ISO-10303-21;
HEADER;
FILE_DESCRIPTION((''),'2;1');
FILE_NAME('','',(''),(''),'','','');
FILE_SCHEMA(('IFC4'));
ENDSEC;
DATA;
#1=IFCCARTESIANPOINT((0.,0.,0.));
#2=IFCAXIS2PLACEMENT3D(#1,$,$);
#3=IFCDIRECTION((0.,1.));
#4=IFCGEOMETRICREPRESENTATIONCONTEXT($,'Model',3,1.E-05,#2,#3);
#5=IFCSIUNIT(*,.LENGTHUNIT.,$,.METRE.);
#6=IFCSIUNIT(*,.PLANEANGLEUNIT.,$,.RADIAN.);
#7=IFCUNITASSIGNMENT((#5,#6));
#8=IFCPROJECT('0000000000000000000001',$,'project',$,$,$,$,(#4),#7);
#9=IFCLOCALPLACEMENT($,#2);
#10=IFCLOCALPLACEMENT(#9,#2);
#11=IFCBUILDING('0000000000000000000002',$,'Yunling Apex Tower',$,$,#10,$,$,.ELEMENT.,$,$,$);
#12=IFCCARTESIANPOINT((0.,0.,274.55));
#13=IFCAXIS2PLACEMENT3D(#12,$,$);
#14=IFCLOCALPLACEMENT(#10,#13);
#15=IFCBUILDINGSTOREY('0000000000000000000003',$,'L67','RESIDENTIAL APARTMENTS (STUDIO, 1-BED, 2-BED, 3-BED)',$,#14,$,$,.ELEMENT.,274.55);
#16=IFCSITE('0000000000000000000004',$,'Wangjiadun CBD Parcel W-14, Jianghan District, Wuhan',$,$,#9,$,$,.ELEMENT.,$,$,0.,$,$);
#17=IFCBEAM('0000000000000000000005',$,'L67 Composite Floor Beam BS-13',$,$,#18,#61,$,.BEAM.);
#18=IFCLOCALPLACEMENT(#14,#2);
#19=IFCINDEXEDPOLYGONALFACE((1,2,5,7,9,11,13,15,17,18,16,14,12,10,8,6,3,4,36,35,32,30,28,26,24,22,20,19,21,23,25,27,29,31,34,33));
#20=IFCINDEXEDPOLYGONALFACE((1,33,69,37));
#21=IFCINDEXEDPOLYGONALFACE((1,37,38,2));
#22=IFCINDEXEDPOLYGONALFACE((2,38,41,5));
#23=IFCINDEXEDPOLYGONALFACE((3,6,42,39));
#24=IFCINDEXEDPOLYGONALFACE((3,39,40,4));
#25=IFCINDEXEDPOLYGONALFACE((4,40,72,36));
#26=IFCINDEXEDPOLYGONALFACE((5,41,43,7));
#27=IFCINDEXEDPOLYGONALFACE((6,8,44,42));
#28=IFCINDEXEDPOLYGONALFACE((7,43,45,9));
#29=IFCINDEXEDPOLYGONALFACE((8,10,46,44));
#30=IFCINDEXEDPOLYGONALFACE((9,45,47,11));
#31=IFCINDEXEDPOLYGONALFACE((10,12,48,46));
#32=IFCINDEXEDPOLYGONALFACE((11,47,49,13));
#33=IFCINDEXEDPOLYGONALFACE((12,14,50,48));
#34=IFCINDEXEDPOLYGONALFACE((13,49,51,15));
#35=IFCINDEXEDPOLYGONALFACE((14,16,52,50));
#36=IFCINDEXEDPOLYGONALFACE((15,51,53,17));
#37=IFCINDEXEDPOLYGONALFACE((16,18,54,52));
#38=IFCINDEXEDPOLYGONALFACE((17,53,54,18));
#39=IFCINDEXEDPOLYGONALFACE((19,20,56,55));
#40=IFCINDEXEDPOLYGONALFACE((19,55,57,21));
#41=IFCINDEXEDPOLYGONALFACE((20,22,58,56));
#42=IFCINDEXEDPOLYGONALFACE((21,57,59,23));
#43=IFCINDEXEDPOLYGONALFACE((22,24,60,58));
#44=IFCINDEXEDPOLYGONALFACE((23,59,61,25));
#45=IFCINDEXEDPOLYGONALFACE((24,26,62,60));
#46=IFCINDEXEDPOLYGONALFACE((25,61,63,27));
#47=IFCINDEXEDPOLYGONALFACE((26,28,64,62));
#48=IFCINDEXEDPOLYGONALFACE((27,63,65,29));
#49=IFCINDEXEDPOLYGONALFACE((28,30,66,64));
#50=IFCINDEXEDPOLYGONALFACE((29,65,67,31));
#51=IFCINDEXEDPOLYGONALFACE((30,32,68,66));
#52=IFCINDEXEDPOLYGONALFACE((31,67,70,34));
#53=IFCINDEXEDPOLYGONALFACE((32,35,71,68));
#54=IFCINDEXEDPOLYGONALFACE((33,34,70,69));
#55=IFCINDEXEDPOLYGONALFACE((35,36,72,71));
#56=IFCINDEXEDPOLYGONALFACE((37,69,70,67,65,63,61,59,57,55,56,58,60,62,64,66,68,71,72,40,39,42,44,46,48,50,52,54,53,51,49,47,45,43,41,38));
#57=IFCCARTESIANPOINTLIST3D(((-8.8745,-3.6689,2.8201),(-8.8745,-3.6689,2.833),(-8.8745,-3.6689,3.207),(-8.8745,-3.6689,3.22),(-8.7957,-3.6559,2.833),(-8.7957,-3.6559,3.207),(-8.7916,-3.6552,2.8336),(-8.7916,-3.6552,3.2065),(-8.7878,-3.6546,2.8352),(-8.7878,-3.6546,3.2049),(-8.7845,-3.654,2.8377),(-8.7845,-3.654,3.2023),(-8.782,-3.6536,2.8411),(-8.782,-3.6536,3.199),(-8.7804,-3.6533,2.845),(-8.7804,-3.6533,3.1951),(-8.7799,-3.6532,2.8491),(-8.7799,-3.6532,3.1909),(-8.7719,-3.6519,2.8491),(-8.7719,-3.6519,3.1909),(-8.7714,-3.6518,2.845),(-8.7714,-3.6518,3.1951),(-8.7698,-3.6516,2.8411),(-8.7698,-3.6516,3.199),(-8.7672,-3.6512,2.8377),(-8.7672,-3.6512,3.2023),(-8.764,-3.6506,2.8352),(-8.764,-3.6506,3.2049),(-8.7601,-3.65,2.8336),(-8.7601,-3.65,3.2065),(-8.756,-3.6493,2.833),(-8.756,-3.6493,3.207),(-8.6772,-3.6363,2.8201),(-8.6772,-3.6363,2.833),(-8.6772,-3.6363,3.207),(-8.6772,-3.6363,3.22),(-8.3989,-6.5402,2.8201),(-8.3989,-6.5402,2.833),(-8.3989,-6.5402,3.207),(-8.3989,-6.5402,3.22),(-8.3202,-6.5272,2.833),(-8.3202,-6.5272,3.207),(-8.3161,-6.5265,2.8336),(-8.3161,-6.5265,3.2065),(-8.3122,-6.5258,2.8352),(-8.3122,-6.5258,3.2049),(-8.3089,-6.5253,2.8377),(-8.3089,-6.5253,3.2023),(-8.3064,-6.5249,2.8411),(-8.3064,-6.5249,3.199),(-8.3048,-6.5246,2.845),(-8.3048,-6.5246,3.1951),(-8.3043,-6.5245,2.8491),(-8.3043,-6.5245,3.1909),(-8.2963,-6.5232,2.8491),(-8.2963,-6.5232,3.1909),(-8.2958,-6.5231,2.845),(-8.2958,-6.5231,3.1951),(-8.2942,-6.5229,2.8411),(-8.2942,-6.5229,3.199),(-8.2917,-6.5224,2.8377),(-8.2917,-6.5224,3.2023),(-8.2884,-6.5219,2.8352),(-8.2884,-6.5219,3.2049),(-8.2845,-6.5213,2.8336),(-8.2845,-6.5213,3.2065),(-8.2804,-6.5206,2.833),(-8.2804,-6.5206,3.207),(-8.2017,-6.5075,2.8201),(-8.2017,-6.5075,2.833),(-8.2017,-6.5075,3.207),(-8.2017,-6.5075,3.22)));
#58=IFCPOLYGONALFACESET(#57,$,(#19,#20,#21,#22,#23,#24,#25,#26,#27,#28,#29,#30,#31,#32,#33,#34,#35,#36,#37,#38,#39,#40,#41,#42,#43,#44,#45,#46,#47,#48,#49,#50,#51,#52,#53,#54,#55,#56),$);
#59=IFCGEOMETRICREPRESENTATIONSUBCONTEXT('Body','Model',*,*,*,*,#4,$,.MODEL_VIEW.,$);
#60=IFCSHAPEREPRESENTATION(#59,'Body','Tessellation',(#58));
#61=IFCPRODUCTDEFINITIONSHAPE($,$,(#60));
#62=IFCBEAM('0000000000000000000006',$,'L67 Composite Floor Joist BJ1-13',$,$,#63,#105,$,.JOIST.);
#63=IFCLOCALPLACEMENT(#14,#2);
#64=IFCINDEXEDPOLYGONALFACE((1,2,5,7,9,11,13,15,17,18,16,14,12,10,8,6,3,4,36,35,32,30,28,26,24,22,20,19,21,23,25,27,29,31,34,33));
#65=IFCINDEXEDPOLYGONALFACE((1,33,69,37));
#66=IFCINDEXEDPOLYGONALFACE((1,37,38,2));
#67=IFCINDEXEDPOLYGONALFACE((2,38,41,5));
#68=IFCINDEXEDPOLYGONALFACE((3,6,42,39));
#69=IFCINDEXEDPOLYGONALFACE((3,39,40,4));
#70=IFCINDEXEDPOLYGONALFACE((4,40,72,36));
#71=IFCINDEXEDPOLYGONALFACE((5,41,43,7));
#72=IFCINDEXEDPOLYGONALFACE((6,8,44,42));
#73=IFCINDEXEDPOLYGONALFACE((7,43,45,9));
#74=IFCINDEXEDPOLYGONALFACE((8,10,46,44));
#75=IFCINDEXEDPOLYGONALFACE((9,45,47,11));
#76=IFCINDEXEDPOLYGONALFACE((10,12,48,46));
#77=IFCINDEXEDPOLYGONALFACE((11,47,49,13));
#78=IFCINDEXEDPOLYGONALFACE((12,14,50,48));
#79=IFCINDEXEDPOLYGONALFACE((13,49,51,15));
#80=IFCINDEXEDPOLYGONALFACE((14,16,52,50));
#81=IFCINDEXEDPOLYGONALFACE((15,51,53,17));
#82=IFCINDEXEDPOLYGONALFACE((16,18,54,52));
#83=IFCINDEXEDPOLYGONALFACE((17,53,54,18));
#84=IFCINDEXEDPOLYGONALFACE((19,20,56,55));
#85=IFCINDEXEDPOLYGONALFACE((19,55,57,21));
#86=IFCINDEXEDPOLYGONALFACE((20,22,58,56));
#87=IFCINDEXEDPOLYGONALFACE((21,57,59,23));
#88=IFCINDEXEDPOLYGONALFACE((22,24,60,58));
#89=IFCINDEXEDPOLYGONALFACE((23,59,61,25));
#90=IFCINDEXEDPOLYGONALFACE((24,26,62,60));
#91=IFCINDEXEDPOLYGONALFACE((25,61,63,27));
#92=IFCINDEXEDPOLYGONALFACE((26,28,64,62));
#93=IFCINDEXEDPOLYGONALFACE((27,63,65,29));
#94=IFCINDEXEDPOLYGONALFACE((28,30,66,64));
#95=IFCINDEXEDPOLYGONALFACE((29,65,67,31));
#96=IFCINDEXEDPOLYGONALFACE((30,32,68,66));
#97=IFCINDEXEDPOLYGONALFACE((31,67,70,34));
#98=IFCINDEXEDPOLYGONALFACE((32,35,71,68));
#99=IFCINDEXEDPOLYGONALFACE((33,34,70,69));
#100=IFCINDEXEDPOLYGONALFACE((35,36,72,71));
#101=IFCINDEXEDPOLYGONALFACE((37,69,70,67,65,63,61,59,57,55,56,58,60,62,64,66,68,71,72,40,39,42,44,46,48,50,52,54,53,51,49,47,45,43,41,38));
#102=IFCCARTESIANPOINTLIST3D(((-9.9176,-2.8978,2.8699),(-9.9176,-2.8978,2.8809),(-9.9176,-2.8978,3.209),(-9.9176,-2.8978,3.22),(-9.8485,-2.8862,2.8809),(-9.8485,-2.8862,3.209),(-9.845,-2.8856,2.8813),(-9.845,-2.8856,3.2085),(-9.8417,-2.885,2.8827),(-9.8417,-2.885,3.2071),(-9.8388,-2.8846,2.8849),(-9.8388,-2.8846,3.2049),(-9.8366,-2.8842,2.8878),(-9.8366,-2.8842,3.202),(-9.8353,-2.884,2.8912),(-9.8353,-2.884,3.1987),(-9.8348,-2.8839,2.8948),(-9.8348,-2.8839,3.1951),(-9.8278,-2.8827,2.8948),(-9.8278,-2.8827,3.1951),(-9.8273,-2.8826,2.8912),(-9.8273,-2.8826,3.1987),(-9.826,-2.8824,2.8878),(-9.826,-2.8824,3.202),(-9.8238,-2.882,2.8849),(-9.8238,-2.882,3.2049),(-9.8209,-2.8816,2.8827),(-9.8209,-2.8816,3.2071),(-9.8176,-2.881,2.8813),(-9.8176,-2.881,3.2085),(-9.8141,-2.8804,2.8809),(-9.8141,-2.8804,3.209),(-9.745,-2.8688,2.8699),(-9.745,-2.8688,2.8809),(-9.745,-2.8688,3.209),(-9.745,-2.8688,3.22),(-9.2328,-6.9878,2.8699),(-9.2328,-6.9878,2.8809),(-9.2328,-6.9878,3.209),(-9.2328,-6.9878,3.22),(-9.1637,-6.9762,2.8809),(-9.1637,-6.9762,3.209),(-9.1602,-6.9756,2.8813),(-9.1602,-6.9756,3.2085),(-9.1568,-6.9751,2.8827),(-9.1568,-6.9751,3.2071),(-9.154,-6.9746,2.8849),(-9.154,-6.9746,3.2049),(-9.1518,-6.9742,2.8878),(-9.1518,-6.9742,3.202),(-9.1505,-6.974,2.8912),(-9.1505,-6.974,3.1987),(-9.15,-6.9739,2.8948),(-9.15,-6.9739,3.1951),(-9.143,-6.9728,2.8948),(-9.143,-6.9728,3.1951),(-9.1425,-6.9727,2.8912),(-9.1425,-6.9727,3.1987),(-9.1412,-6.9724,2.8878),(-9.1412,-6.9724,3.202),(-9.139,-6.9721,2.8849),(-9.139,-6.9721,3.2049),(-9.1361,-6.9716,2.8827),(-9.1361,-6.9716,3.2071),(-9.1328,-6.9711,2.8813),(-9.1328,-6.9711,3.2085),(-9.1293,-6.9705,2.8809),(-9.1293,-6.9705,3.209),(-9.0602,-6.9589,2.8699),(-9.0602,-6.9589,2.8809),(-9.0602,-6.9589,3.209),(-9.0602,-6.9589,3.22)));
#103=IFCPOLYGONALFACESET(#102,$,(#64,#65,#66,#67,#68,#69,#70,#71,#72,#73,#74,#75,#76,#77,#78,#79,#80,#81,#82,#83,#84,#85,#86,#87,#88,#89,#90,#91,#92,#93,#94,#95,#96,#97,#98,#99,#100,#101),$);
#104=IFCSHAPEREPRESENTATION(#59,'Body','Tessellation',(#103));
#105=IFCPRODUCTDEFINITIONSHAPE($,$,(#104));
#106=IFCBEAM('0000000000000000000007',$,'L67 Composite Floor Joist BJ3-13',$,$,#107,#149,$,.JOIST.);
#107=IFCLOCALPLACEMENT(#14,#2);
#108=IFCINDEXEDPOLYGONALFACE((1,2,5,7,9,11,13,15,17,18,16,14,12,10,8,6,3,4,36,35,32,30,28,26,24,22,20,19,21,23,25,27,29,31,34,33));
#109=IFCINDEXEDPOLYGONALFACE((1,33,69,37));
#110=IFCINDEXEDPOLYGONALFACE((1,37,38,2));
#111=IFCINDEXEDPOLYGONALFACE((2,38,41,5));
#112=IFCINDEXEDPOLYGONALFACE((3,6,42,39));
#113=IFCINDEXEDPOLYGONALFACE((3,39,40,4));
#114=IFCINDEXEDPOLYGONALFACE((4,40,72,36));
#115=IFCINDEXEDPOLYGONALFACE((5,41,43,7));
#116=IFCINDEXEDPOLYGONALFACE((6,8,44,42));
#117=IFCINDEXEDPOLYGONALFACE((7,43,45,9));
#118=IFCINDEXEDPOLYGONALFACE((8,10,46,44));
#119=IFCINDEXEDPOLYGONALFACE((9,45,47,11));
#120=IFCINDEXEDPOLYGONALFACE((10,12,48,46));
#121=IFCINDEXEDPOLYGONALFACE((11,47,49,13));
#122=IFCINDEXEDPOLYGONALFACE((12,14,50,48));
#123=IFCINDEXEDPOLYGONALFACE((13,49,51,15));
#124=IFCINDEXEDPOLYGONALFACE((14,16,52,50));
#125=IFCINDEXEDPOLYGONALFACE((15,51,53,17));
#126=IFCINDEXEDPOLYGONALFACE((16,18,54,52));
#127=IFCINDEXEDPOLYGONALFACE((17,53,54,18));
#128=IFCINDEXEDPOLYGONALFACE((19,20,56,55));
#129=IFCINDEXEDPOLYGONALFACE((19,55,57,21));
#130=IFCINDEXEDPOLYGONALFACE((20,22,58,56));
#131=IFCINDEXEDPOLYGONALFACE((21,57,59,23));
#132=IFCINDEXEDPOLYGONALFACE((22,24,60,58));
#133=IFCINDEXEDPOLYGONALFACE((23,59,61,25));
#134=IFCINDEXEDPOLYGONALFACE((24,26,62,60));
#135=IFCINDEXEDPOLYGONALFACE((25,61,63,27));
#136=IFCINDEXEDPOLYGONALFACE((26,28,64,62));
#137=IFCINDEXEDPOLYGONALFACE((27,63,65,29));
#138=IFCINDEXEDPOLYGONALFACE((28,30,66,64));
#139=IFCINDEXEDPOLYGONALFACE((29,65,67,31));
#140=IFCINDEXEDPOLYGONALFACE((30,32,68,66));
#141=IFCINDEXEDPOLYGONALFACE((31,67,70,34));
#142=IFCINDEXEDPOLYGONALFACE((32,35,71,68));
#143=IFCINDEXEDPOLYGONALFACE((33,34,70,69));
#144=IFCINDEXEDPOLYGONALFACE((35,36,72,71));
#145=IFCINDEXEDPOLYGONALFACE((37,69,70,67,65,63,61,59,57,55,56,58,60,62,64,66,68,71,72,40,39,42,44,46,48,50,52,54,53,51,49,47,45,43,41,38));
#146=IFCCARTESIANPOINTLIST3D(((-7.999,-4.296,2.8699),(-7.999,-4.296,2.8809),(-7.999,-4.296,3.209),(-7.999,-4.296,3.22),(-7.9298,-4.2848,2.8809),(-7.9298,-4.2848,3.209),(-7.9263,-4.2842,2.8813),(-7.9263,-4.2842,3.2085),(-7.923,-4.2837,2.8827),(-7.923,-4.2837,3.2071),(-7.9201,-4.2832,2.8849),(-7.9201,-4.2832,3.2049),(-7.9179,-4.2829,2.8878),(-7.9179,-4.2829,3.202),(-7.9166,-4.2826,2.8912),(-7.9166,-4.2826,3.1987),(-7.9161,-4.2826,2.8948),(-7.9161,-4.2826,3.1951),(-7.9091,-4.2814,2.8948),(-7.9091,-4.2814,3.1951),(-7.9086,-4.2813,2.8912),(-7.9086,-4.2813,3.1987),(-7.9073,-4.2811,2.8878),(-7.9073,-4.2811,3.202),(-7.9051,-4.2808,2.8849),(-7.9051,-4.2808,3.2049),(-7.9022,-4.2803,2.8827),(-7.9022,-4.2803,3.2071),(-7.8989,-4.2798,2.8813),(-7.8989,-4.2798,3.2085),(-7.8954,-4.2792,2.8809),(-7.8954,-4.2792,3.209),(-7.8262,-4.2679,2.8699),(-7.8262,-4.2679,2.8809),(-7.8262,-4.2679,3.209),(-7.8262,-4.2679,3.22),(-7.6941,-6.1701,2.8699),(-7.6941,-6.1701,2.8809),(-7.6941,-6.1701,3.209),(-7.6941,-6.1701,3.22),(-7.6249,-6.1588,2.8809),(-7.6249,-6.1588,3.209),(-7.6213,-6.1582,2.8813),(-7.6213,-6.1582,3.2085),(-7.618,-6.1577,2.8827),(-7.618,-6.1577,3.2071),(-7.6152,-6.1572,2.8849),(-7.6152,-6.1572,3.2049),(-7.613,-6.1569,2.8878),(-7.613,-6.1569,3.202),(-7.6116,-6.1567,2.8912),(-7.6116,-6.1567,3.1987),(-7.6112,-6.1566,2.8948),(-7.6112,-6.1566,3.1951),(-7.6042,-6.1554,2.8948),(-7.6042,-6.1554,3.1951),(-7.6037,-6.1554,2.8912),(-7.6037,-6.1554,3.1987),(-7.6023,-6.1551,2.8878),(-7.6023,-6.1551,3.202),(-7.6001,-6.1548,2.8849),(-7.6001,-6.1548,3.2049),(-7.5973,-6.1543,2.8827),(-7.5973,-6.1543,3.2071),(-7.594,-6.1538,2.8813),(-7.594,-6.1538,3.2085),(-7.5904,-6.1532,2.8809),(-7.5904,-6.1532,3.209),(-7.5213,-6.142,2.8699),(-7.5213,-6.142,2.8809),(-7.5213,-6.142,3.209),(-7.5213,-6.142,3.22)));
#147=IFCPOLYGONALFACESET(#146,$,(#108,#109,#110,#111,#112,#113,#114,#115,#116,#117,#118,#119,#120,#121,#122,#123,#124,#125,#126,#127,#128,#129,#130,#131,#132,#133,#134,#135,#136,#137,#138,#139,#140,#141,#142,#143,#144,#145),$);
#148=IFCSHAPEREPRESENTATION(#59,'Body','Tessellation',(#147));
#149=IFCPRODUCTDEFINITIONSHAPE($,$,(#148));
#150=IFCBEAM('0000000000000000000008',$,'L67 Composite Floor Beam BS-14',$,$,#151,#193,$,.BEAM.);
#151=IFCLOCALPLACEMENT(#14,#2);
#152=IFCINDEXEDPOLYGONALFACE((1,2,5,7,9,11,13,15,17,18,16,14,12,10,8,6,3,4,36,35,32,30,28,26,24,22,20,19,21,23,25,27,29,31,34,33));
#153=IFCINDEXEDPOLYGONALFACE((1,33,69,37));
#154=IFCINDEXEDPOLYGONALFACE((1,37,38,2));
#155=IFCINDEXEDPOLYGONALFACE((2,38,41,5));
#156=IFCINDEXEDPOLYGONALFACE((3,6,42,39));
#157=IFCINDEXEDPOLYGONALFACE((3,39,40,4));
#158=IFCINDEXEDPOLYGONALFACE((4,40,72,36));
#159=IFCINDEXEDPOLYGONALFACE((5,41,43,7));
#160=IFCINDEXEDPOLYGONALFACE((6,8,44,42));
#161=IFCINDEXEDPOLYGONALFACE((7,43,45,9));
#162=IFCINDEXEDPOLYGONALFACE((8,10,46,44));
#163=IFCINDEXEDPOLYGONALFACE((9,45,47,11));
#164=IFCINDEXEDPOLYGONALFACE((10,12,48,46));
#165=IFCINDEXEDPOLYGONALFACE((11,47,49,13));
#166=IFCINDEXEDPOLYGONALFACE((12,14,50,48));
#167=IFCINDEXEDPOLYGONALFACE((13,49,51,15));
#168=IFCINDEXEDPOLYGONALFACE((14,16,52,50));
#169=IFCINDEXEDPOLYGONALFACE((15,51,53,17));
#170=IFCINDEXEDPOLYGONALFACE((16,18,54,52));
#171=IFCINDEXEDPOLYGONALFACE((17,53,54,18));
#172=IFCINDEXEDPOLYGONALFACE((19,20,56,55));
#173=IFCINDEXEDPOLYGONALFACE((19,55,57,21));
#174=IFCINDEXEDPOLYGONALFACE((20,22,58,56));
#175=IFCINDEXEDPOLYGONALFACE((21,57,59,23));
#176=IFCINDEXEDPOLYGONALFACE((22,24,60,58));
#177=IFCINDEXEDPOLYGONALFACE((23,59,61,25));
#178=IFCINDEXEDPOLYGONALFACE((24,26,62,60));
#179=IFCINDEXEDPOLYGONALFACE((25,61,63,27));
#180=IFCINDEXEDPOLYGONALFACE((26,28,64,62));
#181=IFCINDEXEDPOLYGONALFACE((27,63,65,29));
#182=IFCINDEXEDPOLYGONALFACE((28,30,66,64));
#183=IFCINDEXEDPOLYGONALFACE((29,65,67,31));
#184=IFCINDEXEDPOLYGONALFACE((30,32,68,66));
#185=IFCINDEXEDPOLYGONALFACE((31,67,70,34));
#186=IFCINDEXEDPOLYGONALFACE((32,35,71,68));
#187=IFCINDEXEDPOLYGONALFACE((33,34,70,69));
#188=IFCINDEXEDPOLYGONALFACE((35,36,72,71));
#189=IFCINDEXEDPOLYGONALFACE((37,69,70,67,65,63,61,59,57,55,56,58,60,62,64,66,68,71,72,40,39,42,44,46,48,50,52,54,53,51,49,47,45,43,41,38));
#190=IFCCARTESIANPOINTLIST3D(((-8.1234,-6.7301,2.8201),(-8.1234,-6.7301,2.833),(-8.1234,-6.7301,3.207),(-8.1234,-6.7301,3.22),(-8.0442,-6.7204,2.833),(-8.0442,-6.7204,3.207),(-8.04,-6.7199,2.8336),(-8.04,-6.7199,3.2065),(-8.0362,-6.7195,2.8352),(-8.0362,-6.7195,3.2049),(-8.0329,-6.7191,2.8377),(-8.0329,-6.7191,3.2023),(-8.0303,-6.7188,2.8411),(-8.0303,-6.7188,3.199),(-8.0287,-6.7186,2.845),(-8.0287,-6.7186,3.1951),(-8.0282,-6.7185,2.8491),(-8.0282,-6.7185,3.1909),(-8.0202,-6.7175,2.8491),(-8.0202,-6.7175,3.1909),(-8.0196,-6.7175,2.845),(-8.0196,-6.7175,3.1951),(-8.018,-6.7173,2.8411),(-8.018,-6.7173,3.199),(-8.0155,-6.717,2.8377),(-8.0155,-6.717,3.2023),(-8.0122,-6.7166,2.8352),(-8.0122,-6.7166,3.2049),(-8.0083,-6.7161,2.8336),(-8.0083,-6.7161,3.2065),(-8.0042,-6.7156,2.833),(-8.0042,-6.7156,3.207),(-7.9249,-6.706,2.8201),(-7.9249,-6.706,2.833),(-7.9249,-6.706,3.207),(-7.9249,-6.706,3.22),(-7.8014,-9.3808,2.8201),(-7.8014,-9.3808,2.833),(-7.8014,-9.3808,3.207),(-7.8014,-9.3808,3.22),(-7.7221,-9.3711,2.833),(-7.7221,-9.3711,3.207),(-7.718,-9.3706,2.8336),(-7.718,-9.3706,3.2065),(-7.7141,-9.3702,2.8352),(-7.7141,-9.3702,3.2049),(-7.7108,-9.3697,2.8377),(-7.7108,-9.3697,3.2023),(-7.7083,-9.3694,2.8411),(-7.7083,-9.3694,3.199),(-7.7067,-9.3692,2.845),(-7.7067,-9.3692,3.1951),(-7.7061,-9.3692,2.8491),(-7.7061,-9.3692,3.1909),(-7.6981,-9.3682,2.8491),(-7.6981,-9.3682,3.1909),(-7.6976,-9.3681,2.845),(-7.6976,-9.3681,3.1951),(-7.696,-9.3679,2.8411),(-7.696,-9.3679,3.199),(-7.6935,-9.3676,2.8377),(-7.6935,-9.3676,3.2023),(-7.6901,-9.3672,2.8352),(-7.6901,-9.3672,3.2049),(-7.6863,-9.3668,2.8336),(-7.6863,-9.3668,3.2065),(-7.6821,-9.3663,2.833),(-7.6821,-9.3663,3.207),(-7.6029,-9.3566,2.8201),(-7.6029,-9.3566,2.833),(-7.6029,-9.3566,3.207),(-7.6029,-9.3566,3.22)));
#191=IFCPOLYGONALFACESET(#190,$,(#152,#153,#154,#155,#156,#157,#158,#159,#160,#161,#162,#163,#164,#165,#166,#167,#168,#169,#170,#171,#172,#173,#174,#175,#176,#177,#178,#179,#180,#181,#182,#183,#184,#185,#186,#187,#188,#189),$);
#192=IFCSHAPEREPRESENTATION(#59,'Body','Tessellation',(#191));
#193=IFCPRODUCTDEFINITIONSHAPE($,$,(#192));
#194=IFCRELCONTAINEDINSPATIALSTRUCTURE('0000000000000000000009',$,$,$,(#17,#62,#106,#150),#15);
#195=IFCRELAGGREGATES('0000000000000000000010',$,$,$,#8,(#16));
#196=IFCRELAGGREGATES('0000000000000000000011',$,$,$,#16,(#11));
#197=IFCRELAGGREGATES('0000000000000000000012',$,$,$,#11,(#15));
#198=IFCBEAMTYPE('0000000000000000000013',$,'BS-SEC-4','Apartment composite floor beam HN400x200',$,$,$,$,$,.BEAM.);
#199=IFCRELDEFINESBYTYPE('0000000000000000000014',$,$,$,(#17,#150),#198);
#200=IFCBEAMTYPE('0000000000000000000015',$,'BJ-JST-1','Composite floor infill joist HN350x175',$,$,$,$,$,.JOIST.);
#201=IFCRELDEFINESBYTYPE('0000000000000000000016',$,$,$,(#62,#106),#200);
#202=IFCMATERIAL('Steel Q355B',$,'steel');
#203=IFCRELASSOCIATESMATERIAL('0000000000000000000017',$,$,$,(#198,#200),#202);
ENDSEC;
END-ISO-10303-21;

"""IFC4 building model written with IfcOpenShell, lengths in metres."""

from ifc_helpers import new_model, si_unit, direction, frame, origin, origin_2d, place, context, subcontext, project, spatial, i_section, extrude, source, transform, mapped, material, material_profile, profile_set, type_object, element, save


model = new_model("IFC4")

# Units and contexts
model_context = context("Model", 3, precision=1e-05, world=origin(), true_north=direction((0.0, 1.0)))
body_context = subcontext(model_context, "Body", "Model", "MODEL_VIEW")
ifc_project = project(units=[si_unit("LENGTHUNIT", "METRE"), si_unit("PLANEANGLEUNIT", "RADIAN")], contexts=[model_context])

# Site, building, storey
site_placement = place(None, origin())
site = spatial("IfcSite", under=ifc_project, at=site_placement, Name="Wangjiadun CBD Parcel W-14, Jianghan District, Wuhan", CompositionType="ELEMENT", RefElevation=0.0)
building_placement = place(site_placement, origin())
building = spatial("IfcBuilding", under=site, at=building_placement, Name="Yunling Apex Tower", CompositionType="ELEMENT")
storey_placement = place(building_placement, frame((0.0, 0.0, 274.55)))
storey = spatial("IfcBuildingStorey", under=building, at=storey_placement, Name="L67", Description="RESIDENTIAL APARTMENTS (STUDIO, 1-BED, 2-BED, 3-BED)", CompositionType="ELEMENT", Elevation=274.55)

# Shared definitions
ifc_material_1 = material(Name="Steel Q355B", Category="steel")

# Beams
ifc_material_profile_1 = material_profile(ifc_material_1, i_section(OverallWidth=0.2, OverallDepth=0.3999, WebThickness=0.0081, FlangeThickness=0.0129, FilletRadius=0.0161, at=origin_2d()))
ifc_profile_set_1 = profile_set([ifc_material_profile_1], Name="Steel Q355B")
beam_type_1 = type_object("IfcBeamType", Name="BS-SEC-4", Description="Apartment composite floor beam HN400x200", PredefinedType="BEAM", material=ifc_profile_set_1)
shared_shape_1 = source(origin(), body_context, "Body", "SweptSolid", [
    extrude(i_section(OverallWidth=0.2, OverallDepth=0.3999, WebThickness=0.0081, FlangeThickness=0.0129, FilletRadius=0.0161, at=origin_2d()), origin(), (0.0, 0.0, 1.0), 2.9104),
])
beam_1_placement = place(storey_placement, frame((-8.7759, -3.6526, 3.02), z_axis=(0.163406, -0.986559, 0.0), x_axis=(0.986559, 0.163406, 0.0)))
element("IfcBeam", 1, at=beam_1_placement, inside=storey, type_object=beam_type_1, Name="L67 Composite Floor Beam BS-13", PredefinedType="BEAM", context=body_context, shape_type="MappedRepresentation", body=[
    mapped(shared_shape_1, transform((0.0, 0.0, 0.0), scale=1.0)),
])
ifc_material_profile_2 = material_profile(ifc_material_1, i_section(OverallWidth=0.175, OverallDepth=0.3501, WebThickness=0.0071, FlangeThickness=0.011, FilletRadius=0.0139, at=origin_2d()))
ifc_profile_set_2 = profile_set([ifc_material_profile_2], Name="Steel Q355B")
beam_type_2 = type_object("IfcBeamType", Name="BJ-JST-1", Description="Composite floor infill joist HN350x175", PredefinedType="JOIST", material=ifc_profile_set_2)
shared_shape_2 = source(origin(), body_context, "Body", "SweptSolid", [
    extrude(i_section(OverallWidth=0.175, OverallDepth=0.3501, WebThickness=0.0071, FlangeThickness=0.011, FilletRadius=0.0139, at=origin_2d()), origin(), (0.0, 0.0, 1.0), 4.147),
])
beam_2_placement = place(storey_placement, frame((-9.8313, -2.8833, 3.0449), z_axis=(0.165134, -0.986271, 0.0), x_axis=(0.986271, 0.165134, 0.0)))
element("IfcBeam", 2, at=beam_2_placement, inside=storey, type_object=beam_type_2, Name="L67 Composite Floor Joist BJ1-13", PredefinedType="JOIST", context=body_context, shape_type="MappedRepresentation", body=[
    mapped(shared_shape_2, transform((0.0, 0.0, 0.0), scale=1.0)),
])
shared_shape_3 = source(origin(), body_context, "Body", "SweptSolid", [
    extrude(i_section(OverallWidth=0.175, OverallDepth=0.3501, WebThickness=0.0071, FlangeThickness=0.011, FilletRadius=0.0139, at=origin_2d()), origin(), (0.0, 0.0, 1.0), 1.8987),
])
beam_3_placement = place(storey_placement, frame((-7.9126, -4.282, 3.0449), z_axis=(0.160603, -0.987019, 0.0), x_axis=(0.987019, 0.160603, 0.0)))
element("IfcBeam", 3, at=beam_3_placement, inside=storey, type_object=beam_type_2, Name="L67 Composite Floor Joist BJ3-13", PredefinedType="JOIST", context=body_context, shape_type="MappedRepresentation", body=[
    mapped(shared_shape_3, transform((0.0, 0.0, 0.0), scale=1.0)),
])
shared_shape_4 = source(origin(), body_context, "Body", "SweptSolid", [
    extrude(i_section(OverallWidth=0.2, OverallDepth=0.3999, WebThickness=0.0081, FlangeThickness=0.0129, FilletRadius=0.0161, at=origin_2d()), origin(), (0.0, 0.0, 1.0), 2.6702),
])
beam_4_placement = place(storey_placement, frame((-8.0242, -6.718, 3.02), z_axis=(0.120602, -0.992701, 0.0), x_axis=(0.992701, 0.120602, 0.0)))
element("IfcBeam", 4, at=beam_4_placement, inside=storey, type_object=beam_type_1, Name="L67 Composite Floor Beam BS-14", PredefinedType="BEAM", context=body_context, shape_type="MappedRepresentation", body=[
    mapped(shared_shape_4, transform((0.0, 0.0, 0.0), scale=1.0)),
])

save(model, "model.ifc")
